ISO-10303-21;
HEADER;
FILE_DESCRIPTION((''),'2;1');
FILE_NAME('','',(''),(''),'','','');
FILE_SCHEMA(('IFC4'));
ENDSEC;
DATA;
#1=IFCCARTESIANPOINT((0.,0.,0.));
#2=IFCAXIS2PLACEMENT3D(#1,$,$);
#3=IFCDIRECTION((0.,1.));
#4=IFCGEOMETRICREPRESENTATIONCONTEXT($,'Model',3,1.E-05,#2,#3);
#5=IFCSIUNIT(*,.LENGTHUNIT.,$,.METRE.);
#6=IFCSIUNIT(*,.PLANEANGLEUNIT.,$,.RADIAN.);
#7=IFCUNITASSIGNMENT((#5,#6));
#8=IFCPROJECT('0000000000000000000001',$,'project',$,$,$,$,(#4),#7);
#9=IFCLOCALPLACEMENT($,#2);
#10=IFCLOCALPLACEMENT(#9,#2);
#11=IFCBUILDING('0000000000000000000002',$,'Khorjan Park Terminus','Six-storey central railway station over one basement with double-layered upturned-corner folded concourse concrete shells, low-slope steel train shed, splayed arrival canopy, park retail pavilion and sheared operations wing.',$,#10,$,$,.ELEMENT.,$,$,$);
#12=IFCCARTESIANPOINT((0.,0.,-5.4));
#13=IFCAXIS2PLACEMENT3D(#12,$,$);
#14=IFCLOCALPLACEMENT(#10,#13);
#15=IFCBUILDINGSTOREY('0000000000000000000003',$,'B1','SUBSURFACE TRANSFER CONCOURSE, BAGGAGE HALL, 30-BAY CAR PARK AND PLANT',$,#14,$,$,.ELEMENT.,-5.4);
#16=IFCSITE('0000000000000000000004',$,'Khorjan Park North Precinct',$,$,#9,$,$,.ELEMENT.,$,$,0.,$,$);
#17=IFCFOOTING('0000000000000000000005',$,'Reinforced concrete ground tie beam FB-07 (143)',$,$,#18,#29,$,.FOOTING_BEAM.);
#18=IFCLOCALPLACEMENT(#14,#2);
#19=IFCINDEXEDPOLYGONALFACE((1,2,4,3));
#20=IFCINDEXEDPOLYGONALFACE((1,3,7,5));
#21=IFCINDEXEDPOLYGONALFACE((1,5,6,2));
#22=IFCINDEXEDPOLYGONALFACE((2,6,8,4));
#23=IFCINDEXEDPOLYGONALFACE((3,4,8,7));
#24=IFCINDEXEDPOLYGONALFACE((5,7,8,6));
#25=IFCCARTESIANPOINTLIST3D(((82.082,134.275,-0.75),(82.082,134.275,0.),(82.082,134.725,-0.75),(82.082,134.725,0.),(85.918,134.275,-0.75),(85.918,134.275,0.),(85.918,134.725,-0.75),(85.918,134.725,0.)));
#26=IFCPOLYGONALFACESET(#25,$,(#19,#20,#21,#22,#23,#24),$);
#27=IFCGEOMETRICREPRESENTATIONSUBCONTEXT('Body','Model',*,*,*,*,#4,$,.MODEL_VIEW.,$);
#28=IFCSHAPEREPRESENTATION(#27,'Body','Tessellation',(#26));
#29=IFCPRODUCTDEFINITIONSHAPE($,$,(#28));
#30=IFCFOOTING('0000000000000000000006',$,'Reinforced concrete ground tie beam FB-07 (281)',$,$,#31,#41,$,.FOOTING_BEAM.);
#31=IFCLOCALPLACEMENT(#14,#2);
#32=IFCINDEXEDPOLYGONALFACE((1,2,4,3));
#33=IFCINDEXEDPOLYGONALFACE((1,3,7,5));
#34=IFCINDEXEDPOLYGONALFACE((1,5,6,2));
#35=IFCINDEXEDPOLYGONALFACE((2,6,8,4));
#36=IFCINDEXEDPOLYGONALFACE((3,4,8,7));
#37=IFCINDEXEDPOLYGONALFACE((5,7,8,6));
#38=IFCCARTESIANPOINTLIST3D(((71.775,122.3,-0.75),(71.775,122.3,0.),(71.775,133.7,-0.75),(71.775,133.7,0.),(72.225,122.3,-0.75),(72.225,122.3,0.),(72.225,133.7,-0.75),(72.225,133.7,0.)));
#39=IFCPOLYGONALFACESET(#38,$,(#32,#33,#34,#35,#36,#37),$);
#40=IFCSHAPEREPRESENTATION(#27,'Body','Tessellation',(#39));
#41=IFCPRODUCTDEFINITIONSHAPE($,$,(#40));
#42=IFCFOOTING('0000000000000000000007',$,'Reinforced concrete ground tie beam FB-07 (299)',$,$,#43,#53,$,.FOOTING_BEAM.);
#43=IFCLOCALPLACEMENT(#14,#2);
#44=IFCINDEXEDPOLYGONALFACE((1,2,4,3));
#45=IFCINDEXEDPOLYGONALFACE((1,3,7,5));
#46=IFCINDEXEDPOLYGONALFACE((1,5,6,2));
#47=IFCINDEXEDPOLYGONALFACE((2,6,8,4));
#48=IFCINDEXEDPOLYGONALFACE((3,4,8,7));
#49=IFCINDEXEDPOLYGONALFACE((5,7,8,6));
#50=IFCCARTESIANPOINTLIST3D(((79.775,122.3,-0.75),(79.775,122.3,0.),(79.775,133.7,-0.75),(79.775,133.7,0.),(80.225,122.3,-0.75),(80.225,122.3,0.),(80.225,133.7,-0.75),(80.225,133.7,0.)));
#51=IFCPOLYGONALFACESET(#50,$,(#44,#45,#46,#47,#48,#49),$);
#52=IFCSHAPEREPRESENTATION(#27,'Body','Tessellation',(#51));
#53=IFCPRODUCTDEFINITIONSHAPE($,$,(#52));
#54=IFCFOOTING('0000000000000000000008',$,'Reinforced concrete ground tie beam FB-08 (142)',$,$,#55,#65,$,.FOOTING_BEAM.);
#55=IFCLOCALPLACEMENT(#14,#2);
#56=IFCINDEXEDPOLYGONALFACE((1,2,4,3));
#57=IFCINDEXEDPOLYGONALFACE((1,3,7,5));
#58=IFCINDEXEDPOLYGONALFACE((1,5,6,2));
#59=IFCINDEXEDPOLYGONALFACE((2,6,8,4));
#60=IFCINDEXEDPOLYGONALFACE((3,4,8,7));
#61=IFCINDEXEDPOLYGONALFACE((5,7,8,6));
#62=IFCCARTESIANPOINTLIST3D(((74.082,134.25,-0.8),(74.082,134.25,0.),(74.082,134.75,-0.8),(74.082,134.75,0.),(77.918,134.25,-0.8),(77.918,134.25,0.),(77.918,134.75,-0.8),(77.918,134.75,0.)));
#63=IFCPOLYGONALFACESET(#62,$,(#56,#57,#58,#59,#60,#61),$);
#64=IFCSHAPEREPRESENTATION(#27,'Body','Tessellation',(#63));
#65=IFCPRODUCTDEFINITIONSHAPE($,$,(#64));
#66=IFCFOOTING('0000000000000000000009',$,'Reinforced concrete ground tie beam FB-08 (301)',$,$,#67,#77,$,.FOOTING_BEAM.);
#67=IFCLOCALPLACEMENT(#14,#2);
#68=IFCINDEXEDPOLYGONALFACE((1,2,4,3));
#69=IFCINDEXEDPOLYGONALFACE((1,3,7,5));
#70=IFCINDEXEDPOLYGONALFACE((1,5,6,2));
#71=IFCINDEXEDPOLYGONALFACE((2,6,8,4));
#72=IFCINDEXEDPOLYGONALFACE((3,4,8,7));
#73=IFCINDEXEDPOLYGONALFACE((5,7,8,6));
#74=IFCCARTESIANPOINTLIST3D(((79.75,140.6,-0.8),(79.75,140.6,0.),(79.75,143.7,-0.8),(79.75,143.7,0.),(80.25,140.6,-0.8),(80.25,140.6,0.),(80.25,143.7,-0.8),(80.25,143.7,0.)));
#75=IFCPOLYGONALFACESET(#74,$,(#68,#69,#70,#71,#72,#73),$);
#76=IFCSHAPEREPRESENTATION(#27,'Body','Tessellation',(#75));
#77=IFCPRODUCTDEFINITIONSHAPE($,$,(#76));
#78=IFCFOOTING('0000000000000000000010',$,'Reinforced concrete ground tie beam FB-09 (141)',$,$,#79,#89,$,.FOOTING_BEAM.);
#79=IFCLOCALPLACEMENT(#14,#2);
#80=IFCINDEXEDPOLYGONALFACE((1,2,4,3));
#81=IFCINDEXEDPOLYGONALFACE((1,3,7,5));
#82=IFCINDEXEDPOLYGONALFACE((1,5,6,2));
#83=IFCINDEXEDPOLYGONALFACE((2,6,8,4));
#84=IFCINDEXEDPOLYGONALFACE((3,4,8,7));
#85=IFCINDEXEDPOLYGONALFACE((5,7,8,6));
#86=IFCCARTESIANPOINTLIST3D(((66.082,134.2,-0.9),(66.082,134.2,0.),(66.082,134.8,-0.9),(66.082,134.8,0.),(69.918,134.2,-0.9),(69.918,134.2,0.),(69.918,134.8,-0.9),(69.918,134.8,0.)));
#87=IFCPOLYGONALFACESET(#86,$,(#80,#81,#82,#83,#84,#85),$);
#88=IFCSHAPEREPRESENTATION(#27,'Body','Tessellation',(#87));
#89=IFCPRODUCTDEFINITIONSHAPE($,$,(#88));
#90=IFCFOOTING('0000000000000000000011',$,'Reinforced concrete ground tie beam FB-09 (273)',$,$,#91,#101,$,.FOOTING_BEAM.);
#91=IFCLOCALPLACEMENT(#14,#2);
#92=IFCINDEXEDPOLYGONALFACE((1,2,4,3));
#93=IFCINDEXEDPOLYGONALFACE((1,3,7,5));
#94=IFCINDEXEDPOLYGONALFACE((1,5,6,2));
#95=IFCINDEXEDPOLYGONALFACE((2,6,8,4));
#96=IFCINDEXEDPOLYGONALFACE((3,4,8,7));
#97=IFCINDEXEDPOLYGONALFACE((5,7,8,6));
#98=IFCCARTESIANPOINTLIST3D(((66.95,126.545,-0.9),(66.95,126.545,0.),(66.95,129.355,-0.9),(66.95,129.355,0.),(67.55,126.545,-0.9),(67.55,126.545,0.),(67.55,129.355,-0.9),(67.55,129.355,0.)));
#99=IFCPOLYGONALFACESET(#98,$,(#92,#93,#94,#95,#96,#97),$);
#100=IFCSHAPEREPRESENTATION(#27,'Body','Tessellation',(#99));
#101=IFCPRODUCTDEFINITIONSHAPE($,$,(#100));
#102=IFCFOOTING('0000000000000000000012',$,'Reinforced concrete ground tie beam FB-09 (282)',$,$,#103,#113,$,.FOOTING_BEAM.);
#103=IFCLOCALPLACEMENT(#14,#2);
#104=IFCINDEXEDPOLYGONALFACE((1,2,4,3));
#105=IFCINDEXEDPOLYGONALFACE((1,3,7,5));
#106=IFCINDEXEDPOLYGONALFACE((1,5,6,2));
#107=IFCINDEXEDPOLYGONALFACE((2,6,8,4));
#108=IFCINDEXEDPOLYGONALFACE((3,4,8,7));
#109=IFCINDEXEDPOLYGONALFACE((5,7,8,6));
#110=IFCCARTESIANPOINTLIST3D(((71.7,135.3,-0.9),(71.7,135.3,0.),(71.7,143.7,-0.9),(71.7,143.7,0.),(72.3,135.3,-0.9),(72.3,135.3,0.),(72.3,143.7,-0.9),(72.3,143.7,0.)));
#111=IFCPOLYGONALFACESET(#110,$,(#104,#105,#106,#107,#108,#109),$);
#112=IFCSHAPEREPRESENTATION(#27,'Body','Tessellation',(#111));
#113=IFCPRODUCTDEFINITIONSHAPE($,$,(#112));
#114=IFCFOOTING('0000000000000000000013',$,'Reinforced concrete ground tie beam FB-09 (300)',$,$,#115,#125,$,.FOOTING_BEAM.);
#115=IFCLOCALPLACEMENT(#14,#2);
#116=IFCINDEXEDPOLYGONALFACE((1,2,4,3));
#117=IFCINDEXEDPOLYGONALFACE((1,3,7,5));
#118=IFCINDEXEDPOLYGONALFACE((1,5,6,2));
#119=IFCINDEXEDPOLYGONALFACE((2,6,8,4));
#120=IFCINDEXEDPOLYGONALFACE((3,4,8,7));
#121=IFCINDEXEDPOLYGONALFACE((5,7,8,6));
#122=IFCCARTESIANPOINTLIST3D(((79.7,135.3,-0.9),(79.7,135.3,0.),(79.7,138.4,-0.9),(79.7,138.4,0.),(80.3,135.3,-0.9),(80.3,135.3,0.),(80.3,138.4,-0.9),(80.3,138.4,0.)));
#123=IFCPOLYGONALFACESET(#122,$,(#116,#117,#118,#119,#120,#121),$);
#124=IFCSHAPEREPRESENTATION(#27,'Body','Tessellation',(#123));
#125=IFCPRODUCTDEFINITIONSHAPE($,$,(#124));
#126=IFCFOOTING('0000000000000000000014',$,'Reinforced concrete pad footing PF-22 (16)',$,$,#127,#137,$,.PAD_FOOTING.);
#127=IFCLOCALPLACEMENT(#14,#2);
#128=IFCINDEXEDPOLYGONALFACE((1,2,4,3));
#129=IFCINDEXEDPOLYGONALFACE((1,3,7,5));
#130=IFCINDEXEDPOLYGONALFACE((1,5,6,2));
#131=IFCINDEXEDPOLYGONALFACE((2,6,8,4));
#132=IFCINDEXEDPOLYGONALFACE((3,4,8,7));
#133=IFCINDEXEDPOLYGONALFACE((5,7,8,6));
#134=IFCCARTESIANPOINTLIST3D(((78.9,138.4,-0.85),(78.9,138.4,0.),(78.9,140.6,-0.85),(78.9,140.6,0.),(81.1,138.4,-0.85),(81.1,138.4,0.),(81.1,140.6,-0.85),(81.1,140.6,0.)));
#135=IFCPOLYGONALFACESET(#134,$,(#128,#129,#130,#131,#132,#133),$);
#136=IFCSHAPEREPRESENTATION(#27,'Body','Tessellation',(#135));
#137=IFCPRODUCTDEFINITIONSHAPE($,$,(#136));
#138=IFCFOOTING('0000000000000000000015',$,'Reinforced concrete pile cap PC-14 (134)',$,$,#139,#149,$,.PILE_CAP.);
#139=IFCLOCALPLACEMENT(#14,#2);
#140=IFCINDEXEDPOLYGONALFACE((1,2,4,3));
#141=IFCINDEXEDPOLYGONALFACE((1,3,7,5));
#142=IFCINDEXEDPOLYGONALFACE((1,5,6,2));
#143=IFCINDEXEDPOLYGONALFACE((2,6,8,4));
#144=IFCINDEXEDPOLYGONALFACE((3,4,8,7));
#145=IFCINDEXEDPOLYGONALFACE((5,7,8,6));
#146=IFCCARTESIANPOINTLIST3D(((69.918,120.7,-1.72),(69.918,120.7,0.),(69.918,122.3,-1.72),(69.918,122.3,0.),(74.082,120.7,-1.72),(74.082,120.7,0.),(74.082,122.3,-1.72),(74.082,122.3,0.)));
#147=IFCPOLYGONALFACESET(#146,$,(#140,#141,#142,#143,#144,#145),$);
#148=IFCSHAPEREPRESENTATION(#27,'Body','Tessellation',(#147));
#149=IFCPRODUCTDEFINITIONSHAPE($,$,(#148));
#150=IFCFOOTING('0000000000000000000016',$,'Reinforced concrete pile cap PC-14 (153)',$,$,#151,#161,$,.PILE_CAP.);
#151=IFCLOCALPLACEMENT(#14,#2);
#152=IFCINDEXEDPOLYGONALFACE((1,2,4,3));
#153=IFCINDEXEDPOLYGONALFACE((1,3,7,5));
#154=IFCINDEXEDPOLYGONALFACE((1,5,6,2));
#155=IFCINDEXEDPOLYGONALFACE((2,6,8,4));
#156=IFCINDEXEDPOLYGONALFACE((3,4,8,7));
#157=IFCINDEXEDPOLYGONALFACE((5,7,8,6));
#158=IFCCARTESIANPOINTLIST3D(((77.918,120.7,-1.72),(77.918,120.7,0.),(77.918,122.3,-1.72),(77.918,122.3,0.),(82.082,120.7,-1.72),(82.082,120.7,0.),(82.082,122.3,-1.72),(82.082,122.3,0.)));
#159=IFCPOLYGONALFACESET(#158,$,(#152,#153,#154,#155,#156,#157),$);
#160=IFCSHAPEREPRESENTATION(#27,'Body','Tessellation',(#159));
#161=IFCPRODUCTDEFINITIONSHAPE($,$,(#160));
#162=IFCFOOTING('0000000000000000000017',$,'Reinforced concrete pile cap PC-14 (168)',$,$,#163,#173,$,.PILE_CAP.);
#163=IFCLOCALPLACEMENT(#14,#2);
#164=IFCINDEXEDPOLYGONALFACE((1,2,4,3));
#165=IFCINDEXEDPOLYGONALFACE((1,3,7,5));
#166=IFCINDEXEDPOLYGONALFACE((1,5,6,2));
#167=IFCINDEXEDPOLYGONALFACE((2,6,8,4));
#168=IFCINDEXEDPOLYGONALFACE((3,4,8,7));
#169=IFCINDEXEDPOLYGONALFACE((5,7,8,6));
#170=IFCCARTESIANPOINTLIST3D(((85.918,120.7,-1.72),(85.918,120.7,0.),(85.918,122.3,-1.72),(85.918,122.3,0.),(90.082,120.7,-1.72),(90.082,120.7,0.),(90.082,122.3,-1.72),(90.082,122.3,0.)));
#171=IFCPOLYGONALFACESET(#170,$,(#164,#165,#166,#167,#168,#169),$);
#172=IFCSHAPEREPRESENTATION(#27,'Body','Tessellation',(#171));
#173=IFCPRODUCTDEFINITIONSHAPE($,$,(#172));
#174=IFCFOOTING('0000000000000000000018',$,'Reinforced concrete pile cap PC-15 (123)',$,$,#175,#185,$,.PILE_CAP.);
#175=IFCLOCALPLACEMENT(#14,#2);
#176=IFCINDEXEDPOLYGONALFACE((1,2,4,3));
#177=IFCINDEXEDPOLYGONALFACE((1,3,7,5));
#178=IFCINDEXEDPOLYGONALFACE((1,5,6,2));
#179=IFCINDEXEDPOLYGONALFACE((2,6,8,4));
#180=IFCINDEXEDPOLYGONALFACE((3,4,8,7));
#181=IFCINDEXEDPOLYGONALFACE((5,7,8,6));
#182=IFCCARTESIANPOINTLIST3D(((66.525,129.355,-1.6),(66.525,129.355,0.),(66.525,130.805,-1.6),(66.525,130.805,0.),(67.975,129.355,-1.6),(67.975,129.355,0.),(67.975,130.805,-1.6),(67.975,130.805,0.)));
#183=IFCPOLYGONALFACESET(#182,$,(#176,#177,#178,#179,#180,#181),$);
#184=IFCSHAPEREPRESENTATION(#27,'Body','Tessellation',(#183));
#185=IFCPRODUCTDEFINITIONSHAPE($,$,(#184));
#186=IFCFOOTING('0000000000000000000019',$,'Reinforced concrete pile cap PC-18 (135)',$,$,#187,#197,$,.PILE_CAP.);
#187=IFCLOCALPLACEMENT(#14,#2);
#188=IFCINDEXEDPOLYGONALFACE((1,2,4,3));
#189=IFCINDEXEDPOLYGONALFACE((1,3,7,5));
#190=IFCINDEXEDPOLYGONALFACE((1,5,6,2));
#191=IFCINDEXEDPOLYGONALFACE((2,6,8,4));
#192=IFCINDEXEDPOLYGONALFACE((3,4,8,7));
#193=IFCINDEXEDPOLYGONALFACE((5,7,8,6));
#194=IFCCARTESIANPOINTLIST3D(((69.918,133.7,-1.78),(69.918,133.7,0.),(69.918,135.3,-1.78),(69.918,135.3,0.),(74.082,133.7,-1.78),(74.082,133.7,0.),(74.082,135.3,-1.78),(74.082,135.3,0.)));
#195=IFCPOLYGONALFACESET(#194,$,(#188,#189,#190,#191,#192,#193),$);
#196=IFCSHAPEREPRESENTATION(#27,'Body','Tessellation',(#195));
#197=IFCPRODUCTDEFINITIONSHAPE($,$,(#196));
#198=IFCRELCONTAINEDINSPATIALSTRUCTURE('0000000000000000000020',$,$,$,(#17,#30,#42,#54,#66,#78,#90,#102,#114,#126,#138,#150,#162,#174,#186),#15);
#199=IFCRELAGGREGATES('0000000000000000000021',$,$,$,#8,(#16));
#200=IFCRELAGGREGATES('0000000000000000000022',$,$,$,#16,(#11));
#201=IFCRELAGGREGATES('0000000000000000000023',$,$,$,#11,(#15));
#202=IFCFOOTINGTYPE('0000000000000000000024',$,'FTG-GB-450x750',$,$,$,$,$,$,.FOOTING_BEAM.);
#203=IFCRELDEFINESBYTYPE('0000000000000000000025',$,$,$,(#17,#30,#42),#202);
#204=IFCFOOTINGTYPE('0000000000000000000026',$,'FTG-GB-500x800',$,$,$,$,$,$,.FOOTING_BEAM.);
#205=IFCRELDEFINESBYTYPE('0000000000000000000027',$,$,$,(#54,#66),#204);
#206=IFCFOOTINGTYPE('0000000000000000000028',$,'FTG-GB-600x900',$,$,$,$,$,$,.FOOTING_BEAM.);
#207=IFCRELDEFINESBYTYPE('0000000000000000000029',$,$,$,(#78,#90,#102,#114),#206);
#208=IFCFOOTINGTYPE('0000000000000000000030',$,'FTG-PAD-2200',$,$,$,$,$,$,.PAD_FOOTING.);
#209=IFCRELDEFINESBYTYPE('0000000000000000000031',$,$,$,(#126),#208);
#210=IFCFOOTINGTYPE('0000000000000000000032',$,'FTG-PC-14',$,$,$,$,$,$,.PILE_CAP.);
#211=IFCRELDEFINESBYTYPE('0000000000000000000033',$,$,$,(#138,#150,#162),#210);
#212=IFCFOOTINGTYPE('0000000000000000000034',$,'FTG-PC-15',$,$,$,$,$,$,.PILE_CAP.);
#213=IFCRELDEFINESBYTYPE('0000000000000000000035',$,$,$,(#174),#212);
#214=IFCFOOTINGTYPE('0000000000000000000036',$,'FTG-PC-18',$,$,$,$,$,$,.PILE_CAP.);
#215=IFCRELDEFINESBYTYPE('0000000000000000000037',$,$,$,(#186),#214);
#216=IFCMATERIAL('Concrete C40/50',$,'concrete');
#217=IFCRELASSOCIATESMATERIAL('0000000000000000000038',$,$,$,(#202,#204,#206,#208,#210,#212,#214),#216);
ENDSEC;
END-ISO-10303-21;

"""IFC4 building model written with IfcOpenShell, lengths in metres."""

from ifc_helpers import new_model, si_unit, direction, frame, origin, origin_2d, place, context, subcontext, project, spatial, rectangle, extrude, material, material_profile, profile_set, type_object, element, save


model = new_model("IFC4")

# Units and contexts
model_context = context("Model", 3, precision=1e-05, world=origin(), true_north=direction((0.0, 1.0)))
body_context = subcontext(model_context, "Body", "Model", "MODEL_VIEW")
ifc_project = project(units=[si_unit("LENGTHUNIT", "METRE"), si_unit("PLANEANGLEUNIT", "RADIAN")], contexts=[model_context])

# Site, building, storey
site_placement = place(None, origin())
site = spatial("IfcSite", under=ifc_project, at=site_placement, Name="Khorjan Park North Precinct", CompositionType="ELEMENT", RefElevation=0.0)
building_placement = place(site_placement, origin())
building = spatial("IfcBuilding", under=site, at=building_placement, Name="Khorjan Park Terminus", Description="Six-storey central railway station over one basement with double-layered upturned-corner folded concourse concrete shells, low-slope steel train shed, splayed arrival canopy, park retail pavilion and sheared operations wing.", CompositionType="ELEMENT")
storey_placement = place(building_placement, frame((0.0, 0.0, -5.4)))
storey = spatial("IfcBuildingStorey", under=building, at=storey_placement, Name="B1", Description="SUBSURFACE TRANSFER CONCOURSE, BAGGAGE HALL, 30-BAY CAR PARK AND PLANT", CompositionType="ELEMENT", Elevation=-5.4)

# Footings
ifc_material_1 = material(Name="Concrete C40/50", Category="concrete")
ifc_material_profile_1 = material_profile(ifc_material_1, rectangle(XDim=0.45, YDim=0.75, at=origin_2d()), Name="RC 450x750")
ifc_profile_set_1 = profile_set([ifc_material_profile_1], Name="Concrete C40/50")
footing_type_1 = type_object("IfcFootingType", Name="FTG-GB-450x750", PredefinedType="FOOTING_BEAM", material=ifc_profile_set_1)
footing_1_placement = place(storey_placement, frame((82.082, 134.5, -0.375), z_axis=(1.0, 0.0, 0.0), x_axis=(0.0, 1.0, 0.0)))
element("IfcFooting", 1, at=footing_1_placement, inside=storey, type_object=footing_type_1, Name="Reinforced concrete ground tie beam FB-07 (143)", PredefinedType="FOOTING_BEAM", context=body_context, shape_type="SweptSolid", body=[
    extrude(rectangle(XDim=0.45, YDim=0.75, at=origin_2d()), origin(), (0.0, 0.0, 1.0), 3.836),
])
for number, where, z_axis, x_axis, name in (
    (2, (72.0, 122.3, -0.375), (0.0, 1.0, 0.0), (-1.0, 0.0, 0.0), "Reinforced concrete ground tie beam FB-07 (281)"),
    (3, (80.0, 122.3, -0.375), (0.0, 1.0, 0.0), (-1.0, 0.0, 0.0), "Reinforced concrete ground tie beam FB-07 (299)"),
):
    element("IfcFooting", number, at=place(storey_placement, frame(where, z_axis=z_axis, x_axis=x_axis)), inside=storey, type_object=footing_type_1, Name=name, PredefinedType="FOOTING_BEAM", context=body_context, shape_type="SweptSolid", body=[
        extrude(rectangle(XDim=0.45, YDim=0.75, at=origin_2d()), origin(), (0.0, 0.0, 1.0), 11.4),
    ])
ifc_material_profile_2 = material_profile(ifc_material_1, rectangle(XDim=0.5, YDim=0.8, at=origin_2d()), Name="RC 500x800")
ifc_profile_set_2 = profile_set([ifc_material_profile_2], Name="Concrete C40/50")
footing_type_2 = type_object("IfcFootingType", Name="FTG-GB-500x800", PredefinedType="FOOTING_BEAM", material=ifc_profile_set_2)
footing_2_placement = place(storey_placement, frame((74.082, 134.5, -0.4), z_axis=(1.0, 0.0, 0.0), x_axis=(0.0, 1.0, 0.0)))
element("IfcFooting", 4, at=footing_2_placement, inside=storey, type_object=footing_type_2, Name="Reinforced concrete ground tie beam FB-08 (142)", PredefinedType="FOOTING_BEAM", context=body_context, shape_type="SweptSolid", body=[
    extrude(rectangle(XDim=0.5, YDim=0.8, at=origin_2d()), origin(), (0.0, 0.0, 1.0), 3.836),
])
footing_3_placement = place(storey_placement, frame((80.0, 140.6, -0.4), z_axis=(0.0, 1.0, 0.0), x_axis=(-1.0, 0.0, 0.0)))
element("IfcFooting", 5, at=footing_3_placement, inside=storey, type_object=footing_type_2, Name="Reinforced concrete ground tie beam FB-08 (301)", PredefinedType="FOOTING_BEAM", context=body_context, shape_type="SweptSolid", body=[
    extrude(rectangle(XDim=0.5, YDim=0.8, at=origin_2d()), origin(), (0.0, 0.0, 1.0), 3.1),
])
ifc_material_profile_3 = material_profile(ifc_material_1, rectangle(XDim=0.6, YDim=0.9, at=origin_2d()), Name="RC 600x900")
ifc_profile_set_3 = profile_set([ifc_material_profile_3], Name="Concrete C40/50")
footing_type_3 = type_object("IfcFootingType", Name="FTG-GB-600x900", PredefinedType="FOOTING_BEAM", material=ifc_profile_set_3)
footing_4_placement = place(storey_placement, frame((66.082, 134.5, -0.45), z_axis=(1.0, 0.0, 0.0), x_axis=(0.0, 1.0, 0.0)))
element("IfcFooting", 6, at=footing_4_placement, inside=storey, type_object=footing_type_3, Name="Reinforced concrete ground tie beam FB-09 (141)", PredefinedType="FOOTING_BEAM", context=body_context, shape_type="SweptSolid", body=[
    extrude(rectangle(XDim=0.6, YDim=0.9, at=origin_2d()), origin(), (0.0, 0.0, 1.0), 3.836),
])
footing_5_placement = place(storey_placement, frame((67.25, 126.545, -0.45), z_axis=(0.0, 1.0, 0.0), x_axis=(-1.0, 0.0, 0.0)))
element("IfcFooting", 7, at=footing_5_placement, inside=storey, type_object=footing_type_3, Name="Reinforced concrete ground tie beam FB-09 (273)", PredefinedType="FOOTING_BEAM", context=body_context, shape_type="SweptSolid", body=[
    extrude(rectangle(XDim=0.6, YDim=0.9, at=origin_2d()), origin(), (0.0, 0.0, 1.0), 2.81),
])
footing_6_placement = place(storey_placement, frame((72.0, 135.3, -0.45), z_axis=(0.0, 1.0, 0.0), x_axis=(-1.0, 0.0, 0.0)))
element("IfcFooting", 8, at=footing_6_placement, inside=storey, type_object=footing_type_3, Name="Reinforced concrete ground tie beam FB-09 (282)", PredefinedType="FOOTING_BEAM", context=body_context, shape_type="SweptSolid", body=[
    extrude(rectangle(XDim=0.6, YDim=0.9, at=origin_2d()), origin(), (0.0, 0.0, 1.0), 8.4),
])
footing_7_placement = place(storey_placement, frame((80.0, 135.3, -0.45), z_axis=(0.0, 1.0, 0.0), x_axis=(-1.0, 0.0, 0.0)))
element("IfcFooting", 9, at=footing_7_placement, inside=storey, type_object=footing_type_3, Name="Reinforced concrete ground tie beam FB-09 (300)", PredefinedType="FOOTING_BEAM", context=body_context, shape_type="SweptSolid", body=[
    extrude(rectangle(XDim=0.6, YDim=0.9, at=origin_2d()), origin(), (0.0, 0.0, 1.0), 3.1),
])
footing_type_4 = type_object("IfcFootingType", Name="FTG-PAD-2200", PredefinedType="PAD_FOOTING", material=ifc_material_1)
footing_8_placement = place(storey_placement, frame((80.0, 139.5, -0.85), z_axis=(0.0, 0.0, 1.0), x_axis=(1.0, 0.0, 0.0)))
element("IfcFooting", 10, at=footing_8_placement, inside=storey, type_object=footing_type_4, Name="Reinforced concrete pad footing PF-22 (16)", PredefinedType="PAD_FOOTING", context=body_context, shape_type="SweptSolid", body=[
    extrude(rectangle(XDim=2.2, YDim=2.2, at=origin_2d()), origin(), (0.0, 0.0, 1.0), 0.85),
])
footing_type_5 = type_object("IfcFootingType", Name="FTG-PC-14", PredefinedType="PILE_CAP", material=ifc_material_1)
for number, where, z_axis, x_axis, name in (
    (11, (72.0, 121.5, -1.72), (0.0, 0.0, 1.0), (1.0, 0.0, 0.0), "Reinforced concrete pile cap PC-14 (134)"),
    (12, (80.0, 121.5, -1.72), (0.0, 0.0, 1.0), (1.0, 0.0, 0.0), "Reinforced concrete pile cap PC-14 (153)"),
    (13, (88.0, 121.5, -1.72), (0.0, 0.0, 1.0), (1.0, 0.0, 0.0), "Reinforced concrete pile cap PC-14 (168)"),
):
    element("IfcFooting", number, at=place(storey_placement, frame(where, z_axis=z_axis, x_axis=x_axis)), inside=storey, type_object=footing_type_5, Name=name, PredefinedType="PILE_CAP", context=body_context, shape_type="SweptSolid", body=[
        extrude(rectangle(XDim=4.164, YDim=1.6, at=origin_2d()), origin(), (0.0, 0.0, 1.0), 1.72),
    ])
footing_type_6 = type_object("IfcFootingType", Name="FTG-PC-15", PredefinedType="PILE_CAP", material=ifc_material_1)
footing_9_placement = place(storey_placement, frame((67.25, 130.08, -1.6), z_axis=(0.0, 0.0, 1.0), x_axis=(1.0, 0.0, 0.0)))
element("IfcFooting", 14, at=footing_9_placement, inside=storey, type_object=footing_type_6, Name="Reinforced concrete pile cap PC-15 (123)", PredefinedType="PILE_CAP", context=body_context, shape_type="SweptSolid", body=[
    extrude(rectangle(XDim=1.45, YDim=1.45, at=origin_2d()), origin(), (0.0, 0.0, 1.0), 1.6),
])
footing_type_7 = type_object("IfcFootingType", Name="FTG-PC-18", PredefinedType="PILE_CAP", material=ifc_material_1)
for number, where, z_axis, x_axis, name in (
    (15, (72.0, 134.5, -1.78), (0.0, 0.0, 1.0), (1.0, 0.0, 0.0), "Reinforced concrete pile cap PC-18 (135)"),
):
    element("IfcFooting", number, at=place(storey_placement, frame(where, z_axis=z_axis, x_axis=x_axis)), inside=storey, type_object=footing_type_7, Name=name, PredefinedType="PILE_CAP", context=body_context, shape_type="SweptSolid", body=[
        extrude(rectangle(XDim=4.164, YDim=1.6, at=origin_2d()), origin(), (0.0, 0.0, 1.0), 1.78),
    ])

save(model, "model.ifc")
